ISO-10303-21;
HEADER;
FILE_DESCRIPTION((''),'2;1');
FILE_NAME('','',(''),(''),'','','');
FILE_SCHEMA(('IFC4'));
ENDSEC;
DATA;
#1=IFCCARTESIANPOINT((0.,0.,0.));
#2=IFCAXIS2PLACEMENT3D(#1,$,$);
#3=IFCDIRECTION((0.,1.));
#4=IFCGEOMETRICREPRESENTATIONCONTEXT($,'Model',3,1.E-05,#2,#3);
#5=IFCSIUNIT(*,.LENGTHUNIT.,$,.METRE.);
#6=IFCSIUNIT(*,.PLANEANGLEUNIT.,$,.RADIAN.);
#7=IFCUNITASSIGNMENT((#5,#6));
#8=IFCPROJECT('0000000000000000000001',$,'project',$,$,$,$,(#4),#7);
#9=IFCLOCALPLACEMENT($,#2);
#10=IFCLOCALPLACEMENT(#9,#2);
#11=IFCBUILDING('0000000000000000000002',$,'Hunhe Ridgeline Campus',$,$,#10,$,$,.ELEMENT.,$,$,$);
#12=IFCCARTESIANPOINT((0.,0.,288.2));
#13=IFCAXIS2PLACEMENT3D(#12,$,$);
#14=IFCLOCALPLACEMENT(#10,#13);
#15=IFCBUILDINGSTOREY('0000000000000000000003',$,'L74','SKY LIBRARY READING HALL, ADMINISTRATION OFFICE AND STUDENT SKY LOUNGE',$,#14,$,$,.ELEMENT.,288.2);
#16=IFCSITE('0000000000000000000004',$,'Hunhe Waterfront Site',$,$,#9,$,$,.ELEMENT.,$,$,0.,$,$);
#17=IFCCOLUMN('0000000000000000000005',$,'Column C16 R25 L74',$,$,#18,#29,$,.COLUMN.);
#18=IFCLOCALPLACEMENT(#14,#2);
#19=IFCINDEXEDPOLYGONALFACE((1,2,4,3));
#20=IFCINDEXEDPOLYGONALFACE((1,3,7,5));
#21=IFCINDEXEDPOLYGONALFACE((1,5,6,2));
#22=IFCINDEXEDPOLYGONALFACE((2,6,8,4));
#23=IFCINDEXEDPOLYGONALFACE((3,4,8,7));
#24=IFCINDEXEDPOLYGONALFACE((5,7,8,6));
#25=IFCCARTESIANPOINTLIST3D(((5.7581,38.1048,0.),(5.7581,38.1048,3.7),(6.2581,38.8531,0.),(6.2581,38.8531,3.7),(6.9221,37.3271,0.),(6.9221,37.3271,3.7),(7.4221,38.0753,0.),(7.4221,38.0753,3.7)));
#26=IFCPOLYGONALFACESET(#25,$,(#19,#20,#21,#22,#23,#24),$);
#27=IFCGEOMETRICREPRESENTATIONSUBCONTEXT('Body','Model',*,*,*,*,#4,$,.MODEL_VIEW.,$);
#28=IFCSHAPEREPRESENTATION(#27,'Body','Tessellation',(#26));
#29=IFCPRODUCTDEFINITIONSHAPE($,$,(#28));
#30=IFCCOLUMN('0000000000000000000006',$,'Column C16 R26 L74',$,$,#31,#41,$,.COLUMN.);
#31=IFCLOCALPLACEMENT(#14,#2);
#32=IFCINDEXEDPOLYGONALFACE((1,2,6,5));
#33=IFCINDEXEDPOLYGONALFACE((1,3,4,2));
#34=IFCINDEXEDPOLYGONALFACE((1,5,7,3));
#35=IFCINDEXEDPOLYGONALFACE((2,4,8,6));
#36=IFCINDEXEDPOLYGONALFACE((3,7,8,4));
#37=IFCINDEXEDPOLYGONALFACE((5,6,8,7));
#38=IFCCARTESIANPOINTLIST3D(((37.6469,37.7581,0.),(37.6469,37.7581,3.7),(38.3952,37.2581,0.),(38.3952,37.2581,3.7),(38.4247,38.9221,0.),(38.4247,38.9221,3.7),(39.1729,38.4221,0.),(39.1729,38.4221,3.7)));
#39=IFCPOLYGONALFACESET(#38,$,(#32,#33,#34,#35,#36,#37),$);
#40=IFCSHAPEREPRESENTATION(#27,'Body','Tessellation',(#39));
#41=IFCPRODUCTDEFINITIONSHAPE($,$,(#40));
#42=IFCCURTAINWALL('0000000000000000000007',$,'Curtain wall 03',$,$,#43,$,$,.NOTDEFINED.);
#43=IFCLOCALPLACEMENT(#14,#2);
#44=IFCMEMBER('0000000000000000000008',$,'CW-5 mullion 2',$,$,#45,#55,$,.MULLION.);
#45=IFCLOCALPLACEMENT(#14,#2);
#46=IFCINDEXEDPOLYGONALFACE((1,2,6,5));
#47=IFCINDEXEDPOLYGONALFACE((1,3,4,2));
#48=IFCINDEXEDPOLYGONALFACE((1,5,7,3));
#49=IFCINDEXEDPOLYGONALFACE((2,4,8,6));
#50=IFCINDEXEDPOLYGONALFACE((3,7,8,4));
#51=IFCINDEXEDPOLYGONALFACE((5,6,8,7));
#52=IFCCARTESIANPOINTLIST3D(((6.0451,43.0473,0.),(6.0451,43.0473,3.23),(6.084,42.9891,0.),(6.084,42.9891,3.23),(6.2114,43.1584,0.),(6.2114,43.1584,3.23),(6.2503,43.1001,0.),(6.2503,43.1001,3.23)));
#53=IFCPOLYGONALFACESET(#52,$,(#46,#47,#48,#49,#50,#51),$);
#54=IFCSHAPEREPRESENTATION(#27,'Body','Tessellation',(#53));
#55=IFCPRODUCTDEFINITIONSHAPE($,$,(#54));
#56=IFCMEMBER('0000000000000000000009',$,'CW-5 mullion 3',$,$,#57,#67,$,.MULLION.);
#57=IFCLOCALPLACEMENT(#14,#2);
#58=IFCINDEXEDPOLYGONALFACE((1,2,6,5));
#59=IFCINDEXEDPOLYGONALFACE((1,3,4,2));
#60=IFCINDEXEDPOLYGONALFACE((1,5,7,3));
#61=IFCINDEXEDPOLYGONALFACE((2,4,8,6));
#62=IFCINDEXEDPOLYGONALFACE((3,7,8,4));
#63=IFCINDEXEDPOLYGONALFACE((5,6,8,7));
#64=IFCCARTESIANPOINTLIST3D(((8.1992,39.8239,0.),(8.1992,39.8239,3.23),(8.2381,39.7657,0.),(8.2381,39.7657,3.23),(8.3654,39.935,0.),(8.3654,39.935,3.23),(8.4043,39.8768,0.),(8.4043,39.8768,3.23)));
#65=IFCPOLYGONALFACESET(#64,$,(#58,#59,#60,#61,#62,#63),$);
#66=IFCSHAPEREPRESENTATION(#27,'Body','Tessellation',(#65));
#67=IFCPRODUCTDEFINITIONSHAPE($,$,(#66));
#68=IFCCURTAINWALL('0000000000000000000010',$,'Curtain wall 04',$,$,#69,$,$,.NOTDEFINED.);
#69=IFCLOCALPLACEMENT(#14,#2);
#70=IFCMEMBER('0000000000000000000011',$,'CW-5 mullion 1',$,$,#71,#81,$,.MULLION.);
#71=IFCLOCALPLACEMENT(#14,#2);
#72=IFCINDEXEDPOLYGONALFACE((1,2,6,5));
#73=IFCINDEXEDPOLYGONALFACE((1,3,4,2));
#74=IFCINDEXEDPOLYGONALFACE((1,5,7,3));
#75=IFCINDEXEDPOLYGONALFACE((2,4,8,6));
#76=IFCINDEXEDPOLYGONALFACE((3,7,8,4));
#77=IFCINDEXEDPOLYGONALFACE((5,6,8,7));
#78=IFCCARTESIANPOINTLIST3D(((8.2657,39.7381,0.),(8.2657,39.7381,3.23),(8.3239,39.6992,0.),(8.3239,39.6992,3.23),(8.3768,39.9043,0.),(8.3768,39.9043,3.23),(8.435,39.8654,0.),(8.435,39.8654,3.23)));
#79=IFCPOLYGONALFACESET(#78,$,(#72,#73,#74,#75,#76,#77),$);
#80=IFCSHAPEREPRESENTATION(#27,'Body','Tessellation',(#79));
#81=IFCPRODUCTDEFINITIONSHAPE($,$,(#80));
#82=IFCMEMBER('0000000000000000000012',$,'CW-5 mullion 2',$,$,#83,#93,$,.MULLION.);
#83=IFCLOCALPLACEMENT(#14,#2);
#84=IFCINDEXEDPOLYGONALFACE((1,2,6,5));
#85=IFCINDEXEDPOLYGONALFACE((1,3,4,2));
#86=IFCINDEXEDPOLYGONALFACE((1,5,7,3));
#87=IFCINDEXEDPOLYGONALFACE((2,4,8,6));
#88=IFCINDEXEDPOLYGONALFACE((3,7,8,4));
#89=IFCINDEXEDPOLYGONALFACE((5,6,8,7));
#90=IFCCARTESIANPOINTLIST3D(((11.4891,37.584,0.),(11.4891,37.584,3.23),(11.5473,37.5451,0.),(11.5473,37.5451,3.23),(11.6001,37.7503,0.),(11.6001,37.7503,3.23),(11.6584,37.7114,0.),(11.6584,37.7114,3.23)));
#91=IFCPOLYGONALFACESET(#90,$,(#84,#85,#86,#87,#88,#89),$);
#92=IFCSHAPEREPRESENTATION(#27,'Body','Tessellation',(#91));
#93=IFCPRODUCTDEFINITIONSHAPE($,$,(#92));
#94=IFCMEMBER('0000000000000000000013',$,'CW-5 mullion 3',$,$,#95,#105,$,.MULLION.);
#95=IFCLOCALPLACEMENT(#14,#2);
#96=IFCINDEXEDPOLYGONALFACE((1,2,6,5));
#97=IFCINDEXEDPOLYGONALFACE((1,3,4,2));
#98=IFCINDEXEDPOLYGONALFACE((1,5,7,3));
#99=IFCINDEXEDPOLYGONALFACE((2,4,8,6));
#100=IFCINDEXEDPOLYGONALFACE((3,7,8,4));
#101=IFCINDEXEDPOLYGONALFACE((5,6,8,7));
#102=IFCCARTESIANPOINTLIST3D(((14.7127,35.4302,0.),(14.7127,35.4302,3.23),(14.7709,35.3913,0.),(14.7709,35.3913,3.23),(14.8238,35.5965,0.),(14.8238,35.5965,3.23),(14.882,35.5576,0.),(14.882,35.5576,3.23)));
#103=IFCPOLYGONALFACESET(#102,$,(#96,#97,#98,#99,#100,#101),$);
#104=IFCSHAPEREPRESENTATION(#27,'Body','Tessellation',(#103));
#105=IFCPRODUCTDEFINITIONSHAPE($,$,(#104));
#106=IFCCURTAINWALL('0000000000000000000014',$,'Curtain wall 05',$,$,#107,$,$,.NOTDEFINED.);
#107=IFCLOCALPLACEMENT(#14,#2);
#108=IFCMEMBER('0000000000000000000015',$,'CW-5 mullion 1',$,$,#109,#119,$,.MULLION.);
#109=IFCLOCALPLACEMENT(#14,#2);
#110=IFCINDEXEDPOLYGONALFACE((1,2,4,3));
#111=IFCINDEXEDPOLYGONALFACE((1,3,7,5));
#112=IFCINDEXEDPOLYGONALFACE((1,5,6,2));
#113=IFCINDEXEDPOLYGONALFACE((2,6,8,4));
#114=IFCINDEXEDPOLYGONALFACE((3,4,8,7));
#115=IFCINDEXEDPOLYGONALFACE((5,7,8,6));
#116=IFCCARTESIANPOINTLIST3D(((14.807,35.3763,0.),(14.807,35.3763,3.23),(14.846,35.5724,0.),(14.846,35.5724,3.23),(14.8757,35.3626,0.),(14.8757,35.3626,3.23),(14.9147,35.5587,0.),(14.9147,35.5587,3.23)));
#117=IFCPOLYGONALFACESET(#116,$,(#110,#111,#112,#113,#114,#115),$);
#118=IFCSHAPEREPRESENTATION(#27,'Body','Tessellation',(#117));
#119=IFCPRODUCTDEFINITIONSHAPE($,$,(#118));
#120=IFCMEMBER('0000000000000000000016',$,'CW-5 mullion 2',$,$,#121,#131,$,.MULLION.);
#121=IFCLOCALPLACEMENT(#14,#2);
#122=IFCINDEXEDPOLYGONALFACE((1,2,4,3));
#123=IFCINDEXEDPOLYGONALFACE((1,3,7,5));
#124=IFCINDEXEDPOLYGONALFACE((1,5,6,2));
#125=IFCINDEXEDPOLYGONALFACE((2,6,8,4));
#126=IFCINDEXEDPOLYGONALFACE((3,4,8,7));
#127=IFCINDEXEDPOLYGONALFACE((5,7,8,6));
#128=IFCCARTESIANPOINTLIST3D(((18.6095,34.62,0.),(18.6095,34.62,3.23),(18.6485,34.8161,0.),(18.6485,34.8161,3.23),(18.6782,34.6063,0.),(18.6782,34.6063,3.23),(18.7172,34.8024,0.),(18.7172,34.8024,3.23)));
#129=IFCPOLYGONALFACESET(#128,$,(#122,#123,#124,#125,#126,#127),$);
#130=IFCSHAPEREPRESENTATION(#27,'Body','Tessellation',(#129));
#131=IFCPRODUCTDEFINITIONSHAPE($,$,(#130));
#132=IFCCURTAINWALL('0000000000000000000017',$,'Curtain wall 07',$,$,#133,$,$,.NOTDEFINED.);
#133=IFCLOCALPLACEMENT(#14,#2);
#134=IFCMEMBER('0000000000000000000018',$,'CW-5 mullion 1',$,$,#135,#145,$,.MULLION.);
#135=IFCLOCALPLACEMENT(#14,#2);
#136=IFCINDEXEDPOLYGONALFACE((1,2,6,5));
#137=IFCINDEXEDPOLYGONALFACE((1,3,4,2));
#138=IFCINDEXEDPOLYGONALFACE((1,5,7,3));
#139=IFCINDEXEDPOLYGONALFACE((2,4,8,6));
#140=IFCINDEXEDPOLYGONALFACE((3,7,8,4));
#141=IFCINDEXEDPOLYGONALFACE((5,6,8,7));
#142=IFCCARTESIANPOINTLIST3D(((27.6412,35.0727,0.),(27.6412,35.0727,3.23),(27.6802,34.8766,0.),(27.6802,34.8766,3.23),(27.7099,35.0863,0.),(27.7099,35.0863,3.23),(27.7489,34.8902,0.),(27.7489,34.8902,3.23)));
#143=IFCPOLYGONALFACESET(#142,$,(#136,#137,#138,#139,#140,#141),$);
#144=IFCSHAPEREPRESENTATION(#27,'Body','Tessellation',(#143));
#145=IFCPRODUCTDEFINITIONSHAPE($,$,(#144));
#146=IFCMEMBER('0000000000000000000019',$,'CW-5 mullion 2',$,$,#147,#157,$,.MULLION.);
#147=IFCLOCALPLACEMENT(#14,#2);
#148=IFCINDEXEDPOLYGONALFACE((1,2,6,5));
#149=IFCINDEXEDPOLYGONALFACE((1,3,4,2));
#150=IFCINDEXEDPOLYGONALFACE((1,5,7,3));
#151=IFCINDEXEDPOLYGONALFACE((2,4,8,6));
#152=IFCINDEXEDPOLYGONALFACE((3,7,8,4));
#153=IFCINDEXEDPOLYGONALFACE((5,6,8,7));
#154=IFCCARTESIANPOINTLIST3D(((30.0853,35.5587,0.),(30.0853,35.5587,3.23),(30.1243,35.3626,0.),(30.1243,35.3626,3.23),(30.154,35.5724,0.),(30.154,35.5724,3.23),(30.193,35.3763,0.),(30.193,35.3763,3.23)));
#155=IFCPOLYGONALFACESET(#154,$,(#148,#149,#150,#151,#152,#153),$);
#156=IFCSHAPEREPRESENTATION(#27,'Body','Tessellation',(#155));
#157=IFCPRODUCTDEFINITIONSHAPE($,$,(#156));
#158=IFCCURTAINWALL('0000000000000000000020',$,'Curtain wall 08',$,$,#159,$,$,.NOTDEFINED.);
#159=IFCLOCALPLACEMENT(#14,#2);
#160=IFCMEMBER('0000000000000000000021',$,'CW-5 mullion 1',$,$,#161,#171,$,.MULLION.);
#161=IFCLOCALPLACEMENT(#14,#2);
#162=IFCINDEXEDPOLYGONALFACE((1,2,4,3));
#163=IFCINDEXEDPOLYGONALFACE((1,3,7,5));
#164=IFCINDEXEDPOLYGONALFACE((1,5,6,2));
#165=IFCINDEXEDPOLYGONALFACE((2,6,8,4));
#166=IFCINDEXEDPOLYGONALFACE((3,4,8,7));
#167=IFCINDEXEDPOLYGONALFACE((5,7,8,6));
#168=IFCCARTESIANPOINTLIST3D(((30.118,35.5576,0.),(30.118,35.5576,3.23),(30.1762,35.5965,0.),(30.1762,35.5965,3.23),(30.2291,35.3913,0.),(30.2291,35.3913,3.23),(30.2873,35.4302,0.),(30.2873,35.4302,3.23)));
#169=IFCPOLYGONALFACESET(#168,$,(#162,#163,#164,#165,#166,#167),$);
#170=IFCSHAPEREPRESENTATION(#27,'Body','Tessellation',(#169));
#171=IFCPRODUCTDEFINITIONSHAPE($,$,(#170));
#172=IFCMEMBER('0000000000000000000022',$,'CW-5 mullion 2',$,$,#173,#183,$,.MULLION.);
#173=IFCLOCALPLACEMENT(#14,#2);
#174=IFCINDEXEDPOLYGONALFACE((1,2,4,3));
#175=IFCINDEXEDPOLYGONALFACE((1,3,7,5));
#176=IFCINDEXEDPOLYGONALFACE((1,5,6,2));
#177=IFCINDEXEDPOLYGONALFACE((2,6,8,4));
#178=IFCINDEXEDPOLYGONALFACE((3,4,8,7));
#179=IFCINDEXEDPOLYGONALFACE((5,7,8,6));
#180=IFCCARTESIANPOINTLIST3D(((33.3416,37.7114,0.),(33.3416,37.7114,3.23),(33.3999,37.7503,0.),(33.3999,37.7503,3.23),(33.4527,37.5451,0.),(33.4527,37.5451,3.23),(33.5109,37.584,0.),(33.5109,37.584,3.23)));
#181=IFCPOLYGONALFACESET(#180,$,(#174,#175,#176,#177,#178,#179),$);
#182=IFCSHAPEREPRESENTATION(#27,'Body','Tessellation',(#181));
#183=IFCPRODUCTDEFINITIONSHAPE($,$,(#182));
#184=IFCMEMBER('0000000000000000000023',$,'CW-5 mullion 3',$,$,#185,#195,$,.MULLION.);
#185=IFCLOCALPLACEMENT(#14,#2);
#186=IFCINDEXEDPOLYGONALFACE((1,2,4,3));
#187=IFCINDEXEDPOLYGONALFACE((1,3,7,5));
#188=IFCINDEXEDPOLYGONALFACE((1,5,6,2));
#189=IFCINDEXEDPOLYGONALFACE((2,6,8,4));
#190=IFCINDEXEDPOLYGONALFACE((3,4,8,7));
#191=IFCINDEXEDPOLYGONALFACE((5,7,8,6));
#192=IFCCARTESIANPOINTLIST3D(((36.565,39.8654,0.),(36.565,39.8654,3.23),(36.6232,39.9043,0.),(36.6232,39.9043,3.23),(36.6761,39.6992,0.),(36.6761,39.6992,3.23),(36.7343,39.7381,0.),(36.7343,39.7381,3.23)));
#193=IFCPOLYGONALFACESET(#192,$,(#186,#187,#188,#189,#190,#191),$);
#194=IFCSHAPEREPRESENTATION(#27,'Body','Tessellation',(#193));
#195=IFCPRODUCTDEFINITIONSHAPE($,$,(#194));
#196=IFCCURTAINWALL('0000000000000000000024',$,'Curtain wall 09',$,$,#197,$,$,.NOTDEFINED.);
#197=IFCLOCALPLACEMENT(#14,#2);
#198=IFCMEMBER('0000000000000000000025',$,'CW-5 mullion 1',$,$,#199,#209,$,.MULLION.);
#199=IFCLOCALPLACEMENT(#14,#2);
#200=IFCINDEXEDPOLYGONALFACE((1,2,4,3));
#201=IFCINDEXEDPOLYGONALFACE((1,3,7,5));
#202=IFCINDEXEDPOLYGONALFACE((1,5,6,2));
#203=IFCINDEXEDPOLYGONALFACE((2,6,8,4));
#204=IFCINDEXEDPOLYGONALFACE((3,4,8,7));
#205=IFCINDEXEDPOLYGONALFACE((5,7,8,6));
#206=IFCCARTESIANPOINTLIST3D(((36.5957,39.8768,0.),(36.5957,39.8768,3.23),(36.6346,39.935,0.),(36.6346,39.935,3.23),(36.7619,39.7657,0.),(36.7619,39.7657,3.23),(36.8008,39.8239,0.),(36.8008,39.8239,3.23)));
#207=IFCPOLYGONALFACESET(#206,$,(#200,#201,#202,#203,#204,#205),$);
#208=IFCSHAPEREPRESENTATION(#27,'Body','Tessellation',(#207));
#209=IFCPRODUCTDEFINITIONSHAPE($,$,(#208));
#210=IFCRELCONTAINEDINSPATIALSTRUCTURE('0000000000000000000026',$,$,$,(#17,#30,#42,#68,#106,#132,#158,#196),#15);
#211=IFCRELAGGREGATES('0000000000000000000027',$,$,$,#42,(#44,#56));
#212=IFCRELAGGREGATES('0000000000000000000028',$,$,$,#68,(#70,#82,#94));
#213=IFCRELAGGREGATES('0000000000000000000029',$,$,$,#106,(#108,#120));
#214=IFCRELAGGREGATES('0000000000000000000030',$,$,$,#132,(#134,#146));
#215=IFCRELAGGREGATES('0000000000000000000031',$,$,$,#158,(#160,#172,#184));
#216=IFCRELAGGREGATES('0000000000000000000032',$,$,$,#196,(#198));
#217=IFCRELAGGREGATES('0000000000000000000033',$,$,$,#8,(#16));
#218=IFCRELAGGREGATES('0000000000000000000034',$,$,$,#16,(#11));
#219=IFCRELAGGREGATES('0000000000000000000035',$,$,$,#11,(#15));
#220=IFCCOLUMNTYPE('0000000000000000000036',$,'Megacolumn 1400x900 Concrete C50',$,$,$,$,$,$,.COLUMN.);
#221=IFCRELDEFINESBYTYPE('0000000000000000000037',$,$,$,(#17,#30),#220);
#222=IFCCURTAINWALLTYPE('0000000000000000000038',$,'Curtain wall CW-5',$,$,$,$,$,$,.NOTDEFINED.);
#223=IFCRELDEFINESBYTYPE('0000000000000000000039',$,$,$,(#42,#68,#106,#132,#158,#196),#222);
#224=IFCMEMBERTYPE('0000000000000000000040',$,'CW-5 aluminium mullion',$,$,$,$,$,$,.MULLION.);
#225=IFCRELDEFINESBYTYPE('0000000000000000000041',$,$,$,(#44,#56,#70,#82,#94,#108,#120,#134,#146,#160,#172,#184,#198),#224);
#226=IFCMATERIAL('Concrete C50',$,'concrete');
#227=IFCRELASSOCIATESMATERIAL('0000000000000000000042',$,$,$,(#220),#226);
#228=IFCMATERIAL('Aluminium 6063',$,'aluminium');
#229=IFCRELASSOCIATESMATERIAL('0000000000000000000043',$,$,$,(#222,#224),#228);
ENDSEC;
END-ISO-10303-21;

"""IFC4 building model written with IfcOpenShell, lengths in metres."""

from ifc_helpers import new_model, si_unit, direction, frame, origin, origin_2d, place, context, subcontext, project, spatial, rectangle, extrude, material, material_profile, profile_set, type_object, element, aggregate, save


model = new_model("IFC4")

# Units and contexts
model_context = context("Model", 3, precision=1e-05, world=origin(), true_north=direction((0.0, 1.0)))
body_context = subcontext(model_context, "Body", "Model", "MODEL_VIEW")
ifc_project = project(units=[si_unit("LENGTHUNIT", "METRE"), si_unit("PLANEANGLEUNIT", "RADIAN")], contexts=[model_context])

# Site, building, storey
site_placement = place(None, origin())
site = spatial("IfcSite", under=ifc_project, at=site_placement, Name="Hunhe Waterfront Site", CompositionType="ELEMENT", RefElevation=0.0)
building_placement = place(site_placement, origin())
building = spatial("IfcBuilding", under=site, at=building_placement, Name="Hunhe Ridgeline Campus", CompositionType="ELEMENT")
storey_placement = place(building_placement, frame((0.0, 0.0, 288.2)))
storey = spatial("IfcBuildingStorey", under=building, at=storey_placement, Name="L74", Description="SKY LIBRARY READING HALL, ADMINISTRATION OFFICE AND STUDENT SKY LOUNGE", CompositionType="ELEMENT", Elevation=288.2)

# Columns
ifc_material_1 = material(Name="Concrete C50", Category="concrete")
ifc_material_profile_1 = material_profile(ifc_material_1, rectangle(XDim=1.3999, YDim=0.8999, at=origin_2d()))
ifc_profile_set_1 = profile_set([ifc_material_profile_1], Name="Concrete C50")
column_type = type_object("IfcColumnType", Name="Megacolumn 1400x900 Concrete C50", PredefinedType="COLUMN", material=ifc_profile_set_1)
for number, where, z_axis, x_axis, name in (
    (1, (6.5901, 38.0901, 0.0), (0.0, 0.0, 1.0), (-0.83147, 0.55557, 0.0), "Column C16 R25 L74"),
    (2, (38.4099, 38.0901, 0.0), (0.0, 0.0, 1.0), (0.55557, 0.83147, 0.0), "Column C16 R26 L74"),
):
    element("IfcColumn", number, at=place(storey_placement, frame(where, z_axis=z_axis, x_axis=x_axis)), inside=storey, type_object=column_type, Name=name, PredefinedType="COLUMN", context=body_context, shape_type="SweptSolid", body=[
        extrude(rectangle(XDim=1.3999, YDim=0.8999, at=origin_2d()), origin(), (0.0, 0.0, 1.0), 3.7),
    ])

# Curtain walls, members
ifc_material_2 = material(Name="Aluminium 6063", Category="aluminium")
curtain_wall_type = type_object("IfcCurtainWallType", Name="Curtain wall CW-5", PredefinedType="NOTDEFINED", material=ifc_material_2)
curtain_wall_1_placement = place(storey_placement, origin())
curtain_wall_1 = element("IfcCurtainWall", 3, at=curtain_wall_1_placement, inside=storey, type_object=curtain_wall_type, Name="Curtain wall 03", PredefinedType="NOTDEFINED")
ifc_material_profile_2 = material_profile(ifc_material_2, rectangle(XDim=0.2, YDim=0.0701, at=origin_2d()))
ifc_profile_set_2 = profile_set([ifc_material_profile_2], Name="Aluminium 6063")
member_type_1 = type_object("IfcMemberType", Name="CW-5 aluminium mullion", PredefinedType="MULLION", material=ifc_profile_set_2)
member_1_placement = place(storey_placement, frame((6.1477, 43.0737, 0.0), z_axis=(0.0, 0.0, 1.0), x_axis=(0.83147, 0.55557, 0.0)))
member_1 = element("IfcMember", 4, at=member_1_placement, type_object=member_type_1, Name="CW-5 mullion 2", PredefinedType="MULLION", context=body_context, shape_type="SweptSolid", body=[
    extrude(rectangle(XDim=0.2, YDim=0.0701, at=origin_2d()), origin(), (0.0, 0.0, 1.0), 3.23),
])
member_2_placement = place(storey_placement, frame((8.3018, 39.8503, 0.0), z_axis=(0.0, 0.0, 1.0), x_axis=(0.83147, 0.55557, 0.0)))
member_2 = element("IfcMember", 5, at=member_2_placement, type_object=member_type_1, Name="CW-5 mullion 3", PredefinedType="MULLION", context=body_context, shape_type="SweptSolid", body=[
    extrude(rectangle(XDim=0.2, YDim=0.0701, at=origin_2d()), origin(), (0.0, 0.0, 1.0), 3.23),
])
curtain_wall_2_placement = place(storey_placement, origin())
curtain_wall_2 = element("IfcCurtainWall", 6, at=curtain_wall_2_placement, inside=storey, type_object=curtain_wall_type, Name="Curtain wall 04", PredefinedType="NOTDEFINED")
member_3_placement = place(storey_placement, frame((8.3503, 39.8018, 0.0), z_axis=(0.0, 0.0, 1.0), x_axis=(0.55557, 0.83147, 0.0)))
member_3 = element("IfcMember", 7, at=member_3_placement, type_object=member_type_1, Name="CW-5 mullion 1", PredefinedType="MULLION", context=body_context, shape_type="SweptSolid", body=[
    extrude(rectangle(XDim=0.2, YDim=0.0701, at=origin_2d()), origin(), (0.0, 0.0, 1.0), 3.23),
])
member_4_placement = place(storey_placement, frame((11.5737, 37.6477, 0.0), z_axis=(0.0, 0.0, 1.0), x_axis=(0.55557, 0.83147, 0.0)))
member_4 = element("IfcMember", 8, at=member_4_placement, type_object=member_type_1, Name="CW-5 mullion 2", PredefinedType="MULLION", context=body_context, shape_type="SweptSolid", body=[
    extrude(rectangle(XDim=0.2, YDim=0.0701, at=origin_2d()), origin(), (0.0, 0.0, 1.0), 3.23),
])
member_5_placement = place(storey_placement, frame((14.7974, 35.4939, 0.0), z_axis=(0.0, 0.0, 1.0), x_axis=(0.55557, 0.83147, 0.0)))
member_5 = element("IfcMember", 9, at=member_5_placement, type_object=member_type_1, Name="CW-5 mullion 3", PredefinedType="MULLION", context=body_context, shape_type="SweptSolid", body=[
    extrude(rectangle(XDim=0.2, YDim=0.0701, at=origin_2d()), origin(), (0.0, 0.0, 1.0), 3.23),
])
curtain_wall_3_placement = place(storey_placement, origin())
curtain_wall_3 = element("IfcCurtainWall", 10, at=curtain_wall_3_placement, inside=storey, type_object=curtain_wall_type, Name="Curtain wall 05", PredefinedType="NOTDEFINED")
member_6_placement = place(storey_placement, frame((14.8608, 35.4675, 0.0), z_axis=(0.0, 0.0, 1.0), x_axis=(0.19509, 0.980785, 0.0)))
member_6 = element("IfcMember", 11, at=member_6_placement, type_object=member_type_1, Name="CW-5 mullion 1", PredefinedType="MULLION", context=body_context, shape_type="SweptSolid", body=[
    extrude(rectangle(XDim=0.2, YDim=0.0701, at=origin_2d()), origin(), (0.0, 0.0, 1.0), 3.23),
])
member_7_placement = place(storey_placement, frame((18.6633, 34.7112, 0.0), z_axis=(0.0, 0.0, 1.0), x_axis=(0.19509, 0.980785, 0.0)))
member_7 = element("IfcMember", 12, at=member_7_placement, type_object=member_type_1, Name="CW-5 mullion 2", PredefinedType="MULLION", context=body_context, shape_type="SweptSolid", body=[
    extrude(rectangle(XDim=0.2, YDim=0.0701, at=origin_2d()), origin(), (0.0, 0.0, 1.0), 3.23),
])
curtain_wall_4_placement = place(storey_placement, origin())
curtain_wall_4 = element("IfcCurtainWall", 13, at=curtain_wall_4_placement, inside=storey, type_object=curtain_wall_type, Name="Curtain wall 07", PredefinedType="NOTDEFINED")
member_8_placement = place(storey_placement, frame((27.6951, 34.9814, 0.0), z_axis=(0.0, 0.0, 1.0), x_axis=(-0.195091, 0.980785, 0.0)))
member_8 = element("IfcMember", 14, at=member_8_placement, type_object=member_type_1, Name="CW-5 mullion 1", PredefinedType="MULLION", context=body_context, shape_type="SweptSolid", body=[
    extrude(rectangle(XDim=0.2, YDim=0.0701, at=origin_2d()), origin(), (0.0, 0.0, 1.0), 3.23),
])
member_9_placement = place(storey_placement, frame((30.1392, 35.4675, 0.0), z_axis=(0.0, 0.0, 1.0), x_axis=(-0.195091, 0.980785, 0.0)))
member_9 = element("IfcMember", 15, at=member_9_placement, type_object=member_type_1, Name="CW-5 mullion 2", PredefinedType="MULLION", context=body_context, shape_type="SweptSolid", body=[
    extrude(rectangle(XDim=0.2, YDim=0.0701, at=origin_2d()), origin(), (0.0, 0.0, 1.0), 3.23),
])
curtain_wall_5_placement = place(storey_placement, origin())
curtain_wall_5 = element("IfcCurtainWall", 16, at=curtain_wall_5_placement, inside=storey, type_object=curtain_wall_type, Name="Curtain wall 08", PredefinedType="NOTDEFINED")
member_10_placement = place(storey_placement, frame((30.2026, 35.4939, 0.0), z_axis=(0.0, 0.0, 1.0), x_axis=(-0.55557, 0.83147, 0.0)))
member_10 = element("IfcMember", 17, at=member_10_placement, type_object=member_type_1, Name="CW-5 mullion 1", PredefinedType="MULLION", context=body_context, shape_type="SweptSolid", body=[
    extrude(rectangle(XDim=0.2, YDim=0.0701, at=origin_2d()), origin(), (0.0, 0.0, 1.0), 3.23),
])
member_11_placement = place(storey_placement, frame((33.4263, 37.6477, 0.0), z_axis=(0.0, 0.0, 1.0), x_axis=(-0.55557, 0.83147, 0.0)))
member_11 = element("IfcMember", 18, at=member_11_placement, type_object=member_type_1, Name="CW-5 mullion 2", PredefinedType="MULLION", context=body_context, shape_type="SweptSolid", body=[
    extrude(rectangle(XDim=0.2, YDim=0.0701, at=origin_2d()), origin(), (0.0, 0.0, 1.0), 3.23),
])
member_12_placement = place(storey_placement, frame((36.6497, 39.8018, 0.0), z_axis=(0.0, 0.0, 1.0), x_axis=(-0.55557, 0.83147, 0.0)))
member_12 = element("IfcMember", 19, at=member_12_placement, type_object=member_type_1, Name="CW-5 mullion 3", PredefinedType="MULLION", context=body_context, shape_type="SweptSolid", body=[
    extrude(rectangle(XDim=0.2, YDim=0.0701, at=origin_2d()), origin(), (0.0, 0.0, 1.0), 3.23),
])

# Curtain wall, member
curtain_wall_6_placement = place(storey_placement, origin())
curtain_wall_6 = element("IfcCurtainWall", 20, at=curtain_wall_6_placement, inside=storey, type_object=curtain_wall_type, Name="Curtain wall 09", PredefinedType="NOTDEFINED")
member_13_placement = place(storey_placement, frame((36.6982, 39.8503, 0.0), z_axis=(0.0, 0.0, 1.0), x_axis=(-0.83147, 0.55557, 0.0)))
member_13 = element("IfcMember", 21, at=member_13_placement, type_object=member_type_1, Name="CW-5 mullion 1", PredefinedType="MULLION", context=body_context, shape_type="SweptSolid", body=[
    extrude(rectangle(XDim=0.2, YDim=0.0701, at=origin_2d()), origin(), (0.0, 0.0, 1.0), 3.23),
])

aggregate(curtain_wall_1, [member_1, member_2])
aggregate(curtain_wall_2, [member_3, member_4, member_5])
aggregate(curtain_wall_3, [member_6, member_7])
aggregate(curtain_wall_4, [member_8, member_9])
aggregate(curtain_wall_5, [member_10, member_11, member_12])
aggregate(curtain_wall_6, [member_13])

save(model, "model.ifc")
